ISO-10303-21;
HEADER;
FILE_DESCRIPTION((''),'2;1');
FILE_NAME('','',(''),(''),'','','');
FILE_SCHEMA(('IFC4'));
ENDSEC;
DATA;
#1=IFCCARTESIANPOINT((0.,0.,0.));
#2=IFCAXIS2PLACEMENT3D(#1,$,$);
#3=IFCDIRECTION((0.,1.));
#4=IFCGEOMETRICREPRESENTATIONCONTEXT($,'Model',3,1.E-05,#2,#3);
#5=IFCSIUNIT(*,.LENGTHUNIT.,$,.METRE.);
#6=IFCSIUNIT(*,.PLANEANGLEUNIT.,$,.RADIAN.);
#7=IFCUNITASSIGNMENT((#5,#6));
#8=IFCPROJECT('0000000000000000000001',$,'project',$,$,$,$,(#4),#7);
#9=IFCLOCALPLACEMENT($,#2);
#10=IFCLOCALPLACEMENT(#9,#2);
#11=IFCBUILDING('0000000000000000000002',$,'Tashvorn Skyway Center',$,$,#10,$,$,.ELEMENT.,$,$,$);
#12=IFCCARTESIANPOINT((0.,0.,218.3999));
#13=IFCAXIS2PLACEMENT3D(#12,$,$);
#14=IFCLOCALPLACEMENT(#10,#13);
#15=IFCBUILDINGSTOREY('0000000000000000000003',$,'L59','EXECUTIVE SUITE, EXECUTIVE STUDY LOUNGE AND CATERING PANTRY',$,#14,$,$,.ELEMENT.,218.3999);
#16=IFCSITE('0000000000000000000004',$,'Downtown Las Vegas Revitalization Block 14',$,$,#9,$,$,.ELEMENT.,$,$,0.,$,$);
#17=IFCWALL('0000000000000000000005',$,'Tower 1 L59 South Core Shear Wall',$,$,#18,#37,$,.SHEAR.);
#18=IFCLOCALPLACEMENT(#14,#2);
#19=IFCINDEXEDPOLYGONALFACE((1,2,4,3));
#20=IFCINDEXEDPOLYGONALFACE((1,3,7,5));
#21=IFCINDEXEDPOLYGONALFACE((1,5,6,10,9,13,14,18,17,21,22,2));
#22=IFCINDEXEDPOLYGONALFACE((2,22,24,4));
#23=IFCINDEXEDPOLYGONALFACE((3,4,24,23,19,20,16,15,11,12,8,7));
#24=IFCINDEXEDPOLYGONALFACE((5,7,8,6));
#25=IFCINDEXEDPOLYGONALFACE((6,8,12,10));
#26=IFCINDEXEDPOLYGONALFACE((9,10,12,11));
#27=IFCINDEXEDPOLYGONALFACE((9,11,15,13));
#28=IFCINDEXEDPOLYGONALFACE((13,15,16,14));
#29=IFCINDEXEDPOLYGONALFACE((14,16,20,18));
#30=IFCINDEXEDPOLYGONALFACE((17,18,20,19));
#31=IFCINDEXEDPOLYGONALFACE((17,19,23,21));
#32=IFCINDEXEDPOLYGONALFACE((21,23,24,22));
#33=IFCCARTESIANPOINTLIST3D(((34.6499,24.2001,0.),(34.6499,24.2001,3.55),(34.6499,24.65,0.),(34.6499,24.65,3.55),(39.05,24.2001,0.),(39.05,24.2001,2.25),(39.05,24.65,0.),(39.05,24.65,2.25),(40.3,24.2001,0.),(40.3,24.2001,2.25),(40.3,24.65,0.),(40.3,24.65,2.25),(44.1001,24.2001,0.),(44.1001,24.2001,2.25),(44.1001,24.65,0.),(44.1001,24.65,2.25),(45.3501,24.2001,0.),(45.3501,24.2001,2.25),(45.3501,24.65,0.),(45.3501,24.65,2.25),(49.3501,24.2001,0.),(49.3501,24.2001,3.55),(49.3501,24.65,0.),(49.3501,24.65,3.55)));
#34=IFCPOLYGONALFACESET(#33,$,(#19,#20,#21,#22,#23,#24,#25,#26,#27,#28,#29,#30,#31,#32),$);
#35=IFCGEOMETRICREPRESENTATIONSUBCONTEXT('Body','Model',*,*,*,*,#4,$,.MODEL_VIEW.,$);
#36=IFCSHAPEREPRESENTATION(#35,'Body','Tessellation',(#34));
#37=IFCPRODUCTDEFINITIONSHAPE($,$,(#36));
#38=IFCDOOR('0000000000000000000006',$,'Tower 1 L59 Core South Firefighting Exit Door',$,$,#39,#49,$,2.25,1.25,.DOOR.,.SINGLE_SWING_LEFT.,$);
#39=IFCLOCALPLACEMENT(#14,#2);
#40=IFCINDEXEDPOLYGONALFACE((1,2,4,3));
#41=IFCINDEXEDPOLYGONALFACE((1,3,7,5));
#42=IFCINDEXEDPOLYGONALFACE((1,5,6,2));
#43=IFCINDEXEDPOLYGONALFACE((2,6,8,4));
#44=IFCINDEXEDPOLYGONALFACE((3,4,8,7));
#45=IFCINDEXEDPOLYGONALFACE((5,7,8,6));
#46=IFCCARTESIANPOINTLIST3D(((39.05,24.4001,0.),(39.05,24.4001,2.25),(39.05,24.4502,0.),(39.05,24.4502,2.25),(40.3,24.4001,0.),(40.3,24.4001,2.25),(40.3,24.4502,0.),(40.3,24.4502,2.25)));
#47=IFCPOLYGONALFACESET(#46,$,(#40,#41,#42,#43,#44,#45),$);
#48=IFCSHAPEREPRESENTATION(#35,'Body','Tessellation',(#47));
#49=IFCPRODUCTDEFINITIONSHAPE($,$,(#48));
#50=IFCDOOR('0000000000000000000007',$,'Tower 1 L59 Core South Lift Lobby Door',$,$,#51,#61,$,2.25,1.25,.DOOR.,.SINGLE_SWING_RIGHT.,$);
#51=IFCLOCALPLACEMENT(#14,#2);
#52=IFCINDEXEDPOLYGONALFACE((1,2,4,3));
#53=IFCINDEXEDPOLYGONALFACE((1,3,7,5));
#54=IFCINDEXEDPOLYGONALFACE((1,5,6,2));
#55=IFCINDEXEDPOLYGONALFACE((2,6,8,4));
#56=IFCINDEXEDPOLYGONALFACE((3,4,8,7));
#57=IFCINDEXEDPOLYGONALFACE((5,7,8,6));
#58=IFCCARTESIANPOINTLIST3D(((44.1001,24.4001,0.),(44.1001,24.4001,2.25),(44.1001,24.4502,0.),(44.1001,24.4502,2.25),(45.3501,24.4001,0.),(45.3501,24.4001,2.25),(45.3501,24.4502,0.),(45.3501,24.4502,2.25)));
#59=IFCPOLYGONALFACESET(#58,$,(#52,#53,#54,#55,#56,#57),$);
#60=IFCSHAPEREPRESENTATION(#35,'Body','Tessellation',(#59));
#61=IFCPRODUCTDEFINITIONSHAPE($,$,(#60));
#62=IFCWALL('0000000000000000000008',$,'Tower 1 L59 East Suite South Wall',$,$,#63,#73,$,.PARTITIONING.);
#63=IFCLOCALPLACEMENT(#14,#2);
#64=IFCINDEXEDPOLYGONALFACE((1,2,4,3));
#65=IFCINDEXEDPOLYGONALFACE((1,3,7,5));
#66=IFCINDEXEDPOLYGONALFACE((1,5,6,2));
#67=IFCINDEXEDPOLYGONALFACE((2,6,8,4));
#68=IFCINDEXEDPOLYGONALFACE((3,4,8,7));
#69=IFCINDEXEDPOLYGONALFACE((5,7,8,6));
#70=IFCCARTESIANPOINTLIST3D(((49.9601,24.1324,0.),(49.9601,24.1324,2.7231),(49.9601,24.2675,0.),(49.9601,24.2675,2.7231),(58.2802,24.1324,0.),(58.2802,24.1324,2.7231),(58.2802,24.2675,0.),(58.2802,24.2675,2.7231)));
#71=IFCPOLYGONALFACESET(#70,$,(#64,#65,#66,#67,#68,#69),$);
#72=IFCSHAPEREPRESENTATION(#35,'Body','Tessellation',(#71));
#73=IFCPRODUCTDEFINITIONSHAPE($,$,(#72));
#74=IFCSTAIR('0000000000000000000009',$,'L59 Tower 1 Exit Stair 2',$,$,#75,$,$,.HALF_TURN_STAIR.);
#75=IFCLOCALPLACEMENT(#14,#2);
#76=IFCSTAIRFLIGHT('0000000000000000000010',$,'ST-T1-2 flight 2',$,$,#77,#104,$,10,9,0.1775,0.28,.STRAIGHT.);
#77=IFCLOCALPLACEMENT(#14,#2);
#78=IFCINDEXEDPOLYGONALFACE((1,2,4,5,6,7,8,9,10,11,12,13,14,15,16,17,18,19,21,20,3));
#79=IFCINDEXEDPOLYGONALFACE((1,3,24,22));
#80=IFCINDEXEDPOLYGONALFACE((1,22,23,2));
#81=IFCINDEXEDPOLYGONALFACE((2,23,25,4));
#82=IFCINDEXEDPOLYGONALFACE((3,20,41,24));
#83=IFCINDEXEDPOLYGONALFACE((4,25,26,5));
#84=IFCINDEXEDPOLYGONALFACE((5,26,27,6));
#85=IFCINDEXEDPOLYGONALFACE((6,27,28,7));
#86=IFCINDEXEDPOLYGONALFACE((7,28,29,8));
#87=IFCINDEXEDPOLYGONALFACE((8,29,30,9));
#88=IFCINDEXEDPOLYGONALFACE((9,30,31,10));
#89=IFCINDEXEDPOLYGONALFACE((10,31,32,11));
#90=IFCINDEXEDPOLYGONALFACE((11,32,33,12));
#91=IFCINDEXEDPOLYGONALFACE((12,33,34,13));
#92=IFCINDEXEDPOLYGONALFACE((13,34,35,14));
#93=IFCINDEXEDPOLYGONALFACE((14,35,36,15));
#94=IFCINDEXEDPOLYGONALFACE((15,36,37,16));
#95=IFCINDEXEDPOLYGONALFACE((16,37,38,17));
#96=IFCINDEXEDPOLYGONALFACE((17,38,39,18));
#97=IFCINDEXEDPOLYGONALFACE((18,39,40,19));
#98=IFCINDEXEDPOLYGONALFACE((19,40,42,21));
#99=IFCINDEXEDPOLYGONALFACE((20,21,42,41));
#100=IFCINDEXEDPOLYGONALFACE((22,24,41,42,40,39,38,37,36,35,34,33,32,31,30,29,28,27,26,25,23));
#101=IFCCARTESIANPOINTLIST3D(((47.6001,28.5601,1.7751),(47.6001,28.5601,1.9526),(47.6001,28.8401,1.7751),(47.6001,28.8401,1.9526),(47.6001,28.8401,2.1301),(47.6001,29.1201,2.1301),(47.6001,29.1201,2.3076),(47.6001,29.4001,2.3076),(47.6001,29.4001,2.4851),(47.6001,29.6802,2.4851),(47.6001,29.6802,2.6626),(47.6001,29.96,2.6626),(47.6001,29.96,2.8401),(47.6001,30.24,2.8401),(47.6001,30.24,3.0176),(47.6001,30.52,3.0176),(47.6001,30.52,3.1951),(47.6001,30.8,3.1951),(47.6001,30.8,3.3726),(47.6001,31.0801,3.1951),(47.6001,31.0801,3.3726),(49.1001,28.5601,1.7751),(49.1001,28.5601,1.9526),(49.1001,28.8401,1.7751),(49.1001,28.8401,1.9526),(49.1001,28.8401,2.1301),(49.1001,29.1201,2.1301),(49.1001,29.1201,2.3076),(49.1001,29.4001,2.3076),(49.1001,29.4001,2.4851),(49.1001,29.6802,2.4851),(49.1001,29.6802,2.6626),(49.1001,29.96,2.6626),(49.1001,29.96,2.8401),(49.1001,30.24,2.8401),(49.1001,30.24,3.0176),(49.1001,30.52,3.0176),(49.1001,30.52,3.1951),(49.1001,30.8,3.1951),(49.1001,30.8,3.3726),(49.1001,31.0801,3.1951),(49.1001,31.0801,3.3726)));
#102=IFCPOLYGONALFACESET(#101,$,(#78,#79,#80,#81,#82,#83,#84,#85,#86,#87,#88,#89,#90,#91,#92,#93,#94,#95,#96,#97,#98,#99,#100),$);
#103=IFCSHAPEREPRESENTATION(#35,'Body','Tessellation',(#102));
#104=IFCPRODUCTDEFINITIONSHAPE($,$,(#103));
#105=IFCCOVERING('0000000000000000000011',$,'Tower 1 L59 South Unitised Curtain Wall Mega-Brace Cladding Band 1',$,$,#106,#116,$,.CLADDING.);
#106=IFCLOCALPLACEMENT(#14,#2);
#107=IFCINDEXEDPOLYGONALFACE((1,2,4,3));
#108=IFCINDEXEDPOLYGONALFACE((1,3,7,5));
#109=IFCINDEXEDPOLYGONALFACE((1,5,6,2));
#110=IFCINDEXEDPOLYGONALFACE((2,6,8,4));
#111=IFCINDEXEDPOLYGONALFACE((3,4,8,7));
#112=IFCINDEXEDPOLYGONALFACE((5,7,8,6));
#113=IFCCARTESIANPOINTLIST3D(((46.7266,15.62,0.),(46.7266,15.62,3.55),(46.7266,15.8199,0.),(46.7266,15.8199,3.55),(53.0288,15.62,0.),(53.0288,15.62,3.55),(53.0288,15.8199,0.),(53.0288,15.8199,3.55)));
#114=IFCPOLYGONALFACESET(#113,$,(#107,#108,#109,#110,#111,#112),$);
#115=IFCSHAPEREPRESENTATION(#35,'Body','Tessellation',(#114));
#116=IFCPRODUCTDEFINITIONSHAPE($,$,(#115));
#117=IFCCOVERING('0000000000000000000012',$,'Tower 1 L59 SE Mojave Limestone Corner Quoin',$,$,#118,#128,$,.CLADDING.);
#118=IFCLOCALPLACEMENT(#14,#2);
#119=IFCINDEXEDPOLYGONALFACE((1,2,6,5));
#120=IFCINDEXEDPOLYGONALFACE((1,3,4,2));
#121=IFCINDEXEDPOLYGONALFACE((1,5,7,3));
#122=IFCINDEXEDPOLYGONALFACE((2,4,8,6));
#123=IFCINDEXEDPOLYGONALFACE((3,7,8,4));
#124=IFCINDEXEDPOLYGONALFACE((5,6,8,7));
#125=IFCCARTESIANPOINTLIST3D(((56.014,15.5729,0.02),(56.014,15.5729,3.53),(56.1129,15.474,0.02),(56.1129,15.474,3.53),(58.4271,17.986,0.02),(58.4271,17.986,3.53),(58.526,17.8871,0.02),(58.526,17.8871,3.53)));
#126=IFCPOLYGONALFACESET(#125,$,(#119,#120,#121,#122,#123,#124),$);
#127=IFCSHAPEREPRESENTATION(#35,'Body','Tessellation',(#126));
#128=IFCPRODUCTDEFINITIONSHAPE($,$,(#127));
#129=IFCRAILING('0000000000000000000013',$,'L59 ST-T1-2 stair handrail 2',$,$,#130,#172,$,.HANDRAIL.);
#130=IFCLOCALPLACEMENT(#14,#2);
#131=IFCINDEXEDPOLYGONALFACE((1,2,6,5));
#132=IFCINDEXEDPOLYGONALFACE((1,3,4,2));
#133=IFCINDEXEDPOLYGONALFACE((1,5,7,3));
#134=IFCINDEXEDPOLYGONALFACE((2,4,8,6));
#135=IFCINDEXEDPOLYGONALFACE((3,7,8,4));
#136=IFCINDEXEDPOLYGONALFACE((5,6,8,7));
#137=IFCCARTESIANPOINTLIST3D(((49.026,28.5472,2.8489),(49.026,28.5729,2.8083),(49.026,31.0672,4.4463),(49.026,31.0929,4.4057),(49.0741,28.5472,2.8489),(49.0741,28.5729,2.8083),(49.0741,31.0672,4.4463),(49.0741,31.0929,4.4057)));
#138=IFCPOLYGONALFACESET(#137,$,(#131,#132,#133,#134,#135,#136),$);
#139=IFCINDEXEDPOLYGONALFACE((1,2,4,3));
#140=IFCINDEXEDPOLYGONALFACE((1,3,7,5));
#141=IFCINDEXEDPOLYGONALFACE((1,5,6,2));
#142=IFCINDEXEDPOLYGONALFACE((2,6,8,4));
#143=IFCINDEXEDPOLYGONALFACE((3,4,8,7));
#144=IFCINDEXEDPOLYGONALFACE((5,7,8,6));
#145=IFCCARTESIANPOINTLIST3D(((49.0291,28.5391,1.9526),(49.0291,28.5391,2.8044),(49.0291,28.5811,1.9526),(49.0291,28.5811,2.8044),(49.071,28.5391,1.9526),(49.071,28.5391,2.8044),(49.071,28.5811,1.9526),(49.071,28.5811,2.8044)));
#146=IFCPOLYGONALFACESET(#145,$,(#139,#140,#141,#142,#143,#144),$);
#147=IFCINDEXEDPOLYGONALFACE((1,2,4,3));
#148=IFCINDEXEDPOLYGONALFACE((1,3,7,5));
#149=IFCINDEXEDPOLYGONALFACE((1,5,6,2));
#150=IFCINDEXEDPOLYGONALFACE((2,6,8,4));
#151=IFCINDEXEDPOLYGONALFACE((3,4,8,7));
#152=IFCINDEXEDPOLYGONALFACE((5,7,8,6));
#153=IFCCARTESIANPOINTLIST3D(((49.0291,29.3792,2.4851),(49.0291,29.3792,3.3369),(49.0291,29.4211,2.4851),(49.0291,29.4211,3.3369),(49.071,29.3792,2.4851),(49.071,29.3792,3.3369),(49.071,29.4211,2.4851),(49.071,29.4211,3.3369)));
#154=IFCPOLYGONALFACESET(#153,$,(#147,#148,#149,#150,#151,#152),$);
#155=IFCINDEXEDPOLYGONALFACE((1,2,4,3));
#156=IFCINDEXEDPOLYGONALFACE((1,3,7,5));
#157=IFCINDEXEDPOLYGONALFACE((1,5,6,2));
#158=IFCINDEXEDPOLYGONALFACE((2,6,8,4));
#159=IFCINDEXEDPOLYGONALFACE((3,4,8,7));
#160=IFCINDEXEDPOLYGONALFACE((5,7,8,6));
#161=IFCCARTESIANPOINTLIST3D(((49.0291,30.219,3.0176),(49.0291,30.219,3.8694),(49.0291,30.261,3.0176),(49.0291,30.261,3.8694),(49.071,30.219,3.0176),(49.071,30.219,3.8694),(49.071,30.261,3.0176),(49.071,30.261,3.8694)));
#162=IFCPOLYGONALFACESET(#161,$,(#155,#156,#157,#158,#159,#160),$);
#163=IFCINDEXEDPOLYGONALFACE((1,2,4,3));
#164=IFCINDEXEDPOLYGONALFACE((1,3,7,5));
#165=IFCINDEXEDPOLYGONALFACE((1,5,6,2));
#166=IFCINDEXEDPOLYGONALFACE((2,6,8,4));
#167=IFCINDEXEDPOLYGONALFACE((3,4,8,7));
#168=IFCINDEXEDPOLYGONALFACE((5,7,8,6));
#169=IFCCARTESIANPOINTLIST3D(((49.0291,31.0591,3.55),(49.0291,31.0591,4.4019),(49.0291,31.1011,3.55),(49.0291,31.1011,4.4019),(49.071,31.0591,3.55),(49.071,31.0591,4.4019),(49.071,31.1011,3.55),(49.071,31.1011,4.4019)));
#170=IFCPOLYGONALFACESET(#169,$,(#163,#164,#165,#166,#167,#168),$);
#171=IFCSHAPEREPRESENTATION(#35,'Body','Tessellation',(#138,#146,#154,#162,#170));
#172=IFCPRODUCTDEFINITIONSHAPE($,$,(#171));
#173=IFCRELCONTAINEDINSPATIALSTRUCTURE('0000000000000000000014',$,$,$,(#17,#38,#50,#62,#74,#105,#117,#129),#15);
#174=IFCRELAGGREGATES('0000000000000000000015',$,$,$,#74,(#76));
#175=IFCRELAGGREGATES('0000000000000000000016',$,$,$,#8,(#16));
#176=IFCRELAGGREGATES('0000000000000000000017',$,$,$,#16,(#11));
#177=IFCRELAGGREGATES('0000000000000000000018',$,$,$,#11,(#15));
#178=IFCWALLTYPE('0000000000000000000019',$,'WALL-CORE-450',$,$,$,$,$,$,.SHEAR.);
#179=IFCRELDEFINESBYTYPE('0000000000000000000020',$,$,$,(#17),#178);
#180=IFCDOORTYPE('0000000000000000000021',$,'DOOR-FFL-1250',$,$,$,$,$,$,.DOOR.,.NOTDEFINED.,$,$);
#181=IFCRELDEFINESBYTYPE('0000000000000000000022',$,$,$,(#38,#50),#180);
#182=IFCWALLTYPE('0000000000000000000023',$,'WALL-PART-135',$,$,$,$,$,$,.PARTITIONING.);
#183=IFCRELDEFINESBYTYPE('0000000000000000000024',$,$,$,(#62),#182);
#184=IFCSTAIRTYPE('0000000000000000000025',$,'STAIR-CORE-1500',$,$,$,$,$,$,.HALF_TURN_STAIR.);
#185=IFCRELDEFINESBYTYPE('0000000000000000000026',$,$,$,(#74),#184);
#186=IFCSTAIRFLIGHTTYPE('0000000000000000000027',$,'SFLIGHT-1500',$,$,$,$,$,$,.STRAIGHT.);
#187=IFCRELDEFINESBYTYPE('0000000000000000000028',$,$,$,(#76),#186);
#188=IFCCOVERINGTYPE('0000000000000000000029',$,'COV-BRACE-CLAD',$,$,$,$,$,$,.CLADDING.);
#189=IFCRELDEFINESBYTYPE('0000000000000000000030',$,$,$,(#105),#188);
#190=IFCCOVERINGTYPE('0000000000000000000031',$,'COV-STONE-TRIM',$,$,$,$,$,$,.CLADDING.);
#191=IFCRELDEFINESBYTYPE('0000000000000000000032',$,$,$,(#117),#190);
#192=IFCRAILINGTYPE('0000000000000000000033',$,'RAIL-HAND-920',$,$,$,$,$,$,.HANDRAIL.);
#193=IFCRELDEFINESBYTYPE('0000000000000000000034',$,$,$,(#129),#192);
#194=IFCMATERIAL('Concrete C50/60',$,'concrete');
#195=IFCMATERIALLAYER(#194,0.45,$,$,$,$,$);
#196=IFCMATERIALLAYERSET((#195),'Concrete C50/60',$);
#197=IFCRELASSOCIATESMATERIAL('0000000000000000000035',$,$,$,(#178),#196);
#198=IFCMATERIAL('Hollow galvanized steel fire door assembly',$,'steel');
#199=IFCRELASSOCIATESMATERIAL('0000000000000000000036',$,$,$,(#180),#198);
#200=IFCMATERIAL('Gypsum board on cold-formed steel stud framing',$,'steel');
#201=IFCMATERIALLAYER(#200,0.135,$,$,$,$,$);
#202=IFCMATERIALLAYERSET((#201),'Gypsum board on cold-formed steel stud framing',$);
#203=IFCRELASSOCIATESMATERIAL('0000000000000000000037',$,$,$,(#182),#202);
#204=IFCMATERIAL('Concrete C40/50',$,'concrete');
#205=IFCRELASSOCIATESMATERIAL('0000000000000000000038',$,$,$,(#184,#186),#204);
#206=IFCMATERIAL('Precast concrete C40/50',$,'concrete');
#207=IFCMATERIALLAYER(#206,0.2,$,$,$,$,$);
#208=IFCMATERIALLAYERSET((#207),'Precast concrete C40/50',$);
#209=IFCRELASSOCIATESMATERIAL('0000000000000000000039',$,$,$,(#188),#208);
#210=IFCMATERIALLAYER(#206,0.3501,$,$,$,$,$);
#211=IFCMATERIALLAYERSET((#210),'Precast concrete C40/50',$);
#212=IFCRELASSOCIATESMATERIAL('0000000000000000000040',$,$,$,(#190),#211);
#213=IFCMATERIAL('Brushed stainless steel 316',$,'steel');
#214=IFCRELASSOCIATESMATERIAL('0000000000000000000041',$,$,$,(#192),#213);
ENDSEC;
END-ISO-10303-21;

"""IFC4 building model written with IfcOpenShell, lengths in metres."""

from ifc_helpers import new_model, si_unit, direction, frame, frame_2d, origin, origin_2d, place, context, subcontext, project, spatial, polyline, rectangle, outline, extrude, material, layer, layer_set, type_object, element, fill, aggregate, save


model = new_model("IFC4")

# Units and contexts
model_context = context("Model", 3, precision=1e-05, world=origin(), true_north=direction((0.0, 1.0)))
body_context = subcontext(model_context, "Body", "Model", "MODEL_VIEW")
ifc_project = project(units=[si_unit("LENGTHUNIT", "METRE"), si_unit("PLANEANGLEUNIT", "RADIAN")], contexts=[model_context])

# Site, building, storey
site_placement = place(None, origin())
site = spatial("IfcSite", under=ifc_project, at=site_placement, Name="Downtown Las Vegas Revitalization Block 14", CompositionType="ELEMENT", RefElevation=0.0)
building_placement = place(site_placement, origin())
building = spatial("IfcBuilding", under=site, at=building_placement, Name="Tashvorn Skyway Center", CompositionType="ELEMENT")
storey_placement = place(building_placement, frame((0.0, 0.0, 218.3999)))
storey = spatial("IfcBuildingStorey", under=building, at=storey_placement, Name="L59", Description="EXECUTIVE SUITE, EXECUTIVE STUDY LOUNGE AND CATERING PANTRY", CompositionType="ELEMENT", Elevation=218.3999)

# Wall, openings, doors
ifc_material_1 = material(Name="Concrete C50/60", Category="concrete")
ifc_layer_1 = layer(ifc_material_1, 0.45)
ifc_layer_set_1 = layer_set([ifc_layer_1], Name="Concrete C50/60")
wall_type_1 = type_object("IfcWallType", Name="WALL-CORE-450", PredefinedType="SHEAR", material=ifc_layer_set_1)
wall_1_placement = place(storey_placement, frame((49.3501, 24.425, 0.0), z_axis=(0.0, 0.0, 1.0), x_axis=(-1.0, 0.0, 0.0)))
wall_1 = element("IfcWall", 1, at=wall_1_placement, inside=storey, type_object=wall_type_1, Name="Tower 1 L59 South Core Shear Wall", PredefinedType="SHEAR", context=body_context, shape_type="SweptSolid", body=[
    extrude(rectangle(XDim=14.7002, YDim=0.45, at=frame_2d((7.3501, 0.0))), origin(), (0.0, 0.0, 1.0), 3.55),
])
opening_1_placement = place(wall_1_placement, frame((9.05, 0.0, 0.0)))
opening_1 = element("IfcOpeningElement", 2, at=opening_1_placement, cuts=wall_1, PredefinedType="OPENING", context=body_context, shape_type="SweptSolid", body=[
    extrude(rectangle(XDim=1.25, YDim=2.25, at=frame_2d((0.625, 1.125))), frame((0.0, 0.2349, 0.0), z_axis=(0.0, -1.0, 0.0), x_axis=(1.0, 0.0, 0.0)), (0.0, 0.0, 1.0), 0.47),
])
opening_2_placement = place(wall_1_placement, frame((4.0, 0.0, 0.0)))
opening_2 = element("IfcOpeningElement", 3, at=opening_2_placement, cuts=wall_1, PredefinedType="OPENING", context=body_context, shape_type="SweptSolid", body=[
    extrude(rectangle(XDim=1.25, YDim=2.25, at=frame_2d((0.625, 1.125))), frame((0.0, 0.2349, 0.0), z_axis=(0.0, -1.0, 0.0), x_axis=(1.0, 0.0, 0.0)), (0.0, 0.0, 1.0), 0.47),
])
ifc_material_2 = material(Name="Hollow galvanized steel fire door assembly", Category="steel")
door_type = type_object("IfcDoorType", Name="DOOR-FFL-1250", OperationType="NOTDEFINED", PredefinedType="DOOR", material=ifc_material_2)
door_1_placement = place(opening_1_placement, origin())
door_1 = element("IfcDoor", 4, at=door_1_placement, inside=storey, type_object=door_type, Name="Tower 1 L59 Core South Firefighting Exit Door", OperationType="SINGLE_SWING_LEFT", OverallHeight=2.25, OverallWidth=1.25, PredefinedType="DOOR", context=body_context, shape_type="SweptSolid", body=[
    extrude(rectangle(XDim=1.25, YDim=2.25, at=frame_2d((0.625, 1.125))), frame((0.0, 0.0249, 0.0), z_axis=(0.0, -1.0, 0.0), x_axis=(1.0, 0.0, 0.0)), (0.0, 0.0, 1.0), 0.05),
])
fill(opening_1, door_1)
door_2_placement = place(opening_2_placement, origin())
door_2 = element("IfcDoor", 5, at=door_2_placement, inside=storey, type_object=door_type, Name="Tower 1 L59 Core South Lift Lobby Door", OperationType="SINGLE_SWING_RIGHT", OverallHeight=2.25, OverallWidth=1.25, PredefinedType="DOOR", context=body_context, shape_type="SweptSolid", body=[
    extrude(rectangle(XDim=1.25, YDim=2.25, at=frame_2d((0.625, 1.125))), frame((0.0, 0.0249, 0.0), z_axis=(0.0, -1.0, 0.0), x_axis=(1.0, 0.0, 0.0)), (0.0, 0.0, 1.0), 0.05),
])
fill(opening_2, door_2)

# Wall
ifc_material_3 = material(Name="Gypsum board on cold-formed steel stud framing", Category="steel")
ifc_layer_2 = layer(ifc_material_3, 0.135)
ifc_layer_set_2 = layer_set([ifc_layer_2], Name="Gypsum board on cold-formed steel stud framing")
wall_type_2 = type_object("IfcWallType", Name="WALL-PART-135", PredefinedType="PARTITIONING", material=ifc_layer_set_2)
wall_2_placement = place(storey_placement, frame((49.96, 24.2, 0.0), z_axis=(0.0, 0.0, 1.0), x_axis=(1.0, 0.0, 0.0)))
element("IfcWall", 6, at=wall_2_placement, inside=storey, type_object=wall_type_2, Name="Tower 1 L59 East Suite South Wall", PredefinedType="PARTITIONING", context=body_context, shape_type="SweptSolid", body=[
    extrude(rectangle(XDim=8.3201, YDim=0.135, at=frame_2d((4.1602, 0.0))), origin(), (0.0, 0.0, 1.0), 2.7231),
])

# Stair, stair flight
ifc_material_4 = material(Name="Concrete C40/50", Category="concrete")
stair_type = type_object("IfcStairType", Name="STAIR-CORE-1500", PredefinedType="HALF_TURN_STAIR", material=ifc_material_4)
stair_placement = place(storey_placement, origin())
stair = element("IfcStair", 7, at=stair_placement, inside=storey, type_object=stair_type, Name="L59 Tower 1 Exit Stair 2", PredefinedType="HALF_TURN_STAIR")
stair_flight_type = type_object("IfcStairFlightType", Name="SFLIGHT-1500", PredefinedType="STRAIGHT", material=ifc_material_4)
stair_flight_placement = place(storey_placement, frame((48.3501, 28.5601, 1.7751), z_axis=(0.0, 0.0, 1.0), x_axis=(0.0, 1.0, 0.0)))
stair_flight = element("IfcStairFlight", 8, at=stair_flight_placement, type_object=stair_flight_type, Name="ST-T1-2 flight 2", NumberOfRisers=10, NumberOfTreads=9, PredefinedType="STRAIGHT", RiserHeight=0.1775, TreadLength=0.28, context=body_context, shape_type="SweptSolid", body=[
    extrude(outline(polyline([(0.0, 0.0), (0.0, 0.1775), (0.28, 0.1775), (0.28, 0.355), (0.5601, 0.355), (0.5601, 0.5325), (0.8401, 0.5325), (0.8401, 0.71), (1.1201, 0.71), (1.1201, 0.8875), (1.3999, 0.8875), (1.3999, 1.0649), (1.6799, 1.0649), (1.6799, 1.2424), (1.96, 1.2424), (1.96, 1.4199), (2.24, 1.4199), (2.24, 1.5974), (2.52, 1.5974), (2.52, 1.7749), (2.52, 1.4199), (0.28, 0.0), (0.0, 0.0)])), frame((0.0, 0.75, 0.0), z_axis=(0.0, -1.0, 0.0), x_axis=(1.0, 0.0, 0.0)), (0.0, 0.0, 1.0), 1.5),
])
aggregate(stair, [stair_flight])

# Coverings
ifc_material_5 = material(Name="Precast concrete C40/50", Category="concrete")
ifc_layer_3 = layer(ifc_material_5, 0.2)
ifc_layer_set_3 = layer_set([ifc_layer_3], Name="Precast concrete C40/50")
covering_type_1 = type_object("IfcCoveringType", Name="COV-BRACE-CLAD", PredefinedType="CLADDING", material=ifc_layer_set_3)
covering_1_placement = place(storey_placement, frame((49.8777, 15.72, 0.0), z_axis=(0.0, 0.0, 1.0), x_axis=(-1.0, 0.0, 0.0)))
element("IfcCovering", 9, at=covering_1_placement, inside=storey, type_object=covering_type_1, Name="Tower 1 L59 South Unitised Curtain Wall Mega-Brace Cladding Band 1", PredefinedType="CLADDING", context=body_context, shape_type="SweptSolid", body=[
    extrude(rectangle(XDim=6.3022, YDim=0.2, at=origin_2d()), origin(), (0.0, 0.0, 1.0), 3.55),
])
ifc_layer_4 = layer(ifc_material_5, 0.3501)
ifc_layer_set_4 = layer_set([ifc_layer_4], Name="Precast concrete C40/50")
covering_type_2 = type_object("IfcCoveringType", Name="COV-STONE-TRIM", PredefinedType="CLADDING", material=ifc_layer_set_4)
covering_2_placement = place(storey_placement, frame((57.27, 16.73, 0.02), z_axis=(0.0, 0.0, 1.0), x_axis=(0.707107, 0.707107, 0.0)))
element("IfcCovering", 10, at=covering_2_placement, inside=storey, type_object=covering_type_2, Name="Tower 1 L59 SE Mojave Limestone Corner Quoin", PredefinedType="CLADDING", context=body_context, shape_type="SweptSolid", body=[
    extrude(rectangle(XDim=3.4126, YDim=0.1399, at=origin_2d()), origin(), (0.0, 0.0, 1.0), 3.51),
])

# Railing
ifc_material_6 = material(Name="Brushed stainless steel 316", Category="steel")
railing_type_1 = type_object("IfcRailingType", Name="RAIL-HAND-920", PredefinedType="HANDRAIL", material=ifc_material_6)
railing_1_placement = place(storey_placement, frame((49.05, 28.5601, 1.9526)))
element("IfcRailing", 11, at=railing_1_placement, inside=storey, type_object=railing_type_1, Name="L59 ST-T1-2 stair handrail 2", PredefinedType="HANDRAIL", context=body_context, shape_type="SweptSolid", body=[
    extrude(rectangle(XDim=0.0481, YDim=0.0481, at=origin_2d()), frame((0.0, 0.0, 0.876), z_axis=(0.0, 0.844607, 0.535387), x_axis=(-1.0, 0.0, 0.0)), (0.0, 0.0, 1.0), 2.9836),
    extrude(rectangle(XDim=0.042, YDim=0.042, at=origin_2d()), origin(), (0.0, 0.0, 1.0), 0.8518),
    extrude(rectangle(XDim=0.042, YDim=0.042, at=origin_2d()), frame((0.0, 0.8401, 0.5325)), (0.0, 0.0, 1.0), 0.8518),
    extrude(rectangle(XDim=0.042, YDim=0.042, at=origin_2d()), frame((0.0, 1.6799, 1.0649)), (0.0, 0.0, 1.0), 0.8518),
    extrude(rectangle(XDim=0.042, YDim=0.042, at=origin_2d()), frame((0.0, 2.52, 1.5974)), (0.0, 0.0, 1.0), 0.8518),
])

save(model, "model.ifc")
